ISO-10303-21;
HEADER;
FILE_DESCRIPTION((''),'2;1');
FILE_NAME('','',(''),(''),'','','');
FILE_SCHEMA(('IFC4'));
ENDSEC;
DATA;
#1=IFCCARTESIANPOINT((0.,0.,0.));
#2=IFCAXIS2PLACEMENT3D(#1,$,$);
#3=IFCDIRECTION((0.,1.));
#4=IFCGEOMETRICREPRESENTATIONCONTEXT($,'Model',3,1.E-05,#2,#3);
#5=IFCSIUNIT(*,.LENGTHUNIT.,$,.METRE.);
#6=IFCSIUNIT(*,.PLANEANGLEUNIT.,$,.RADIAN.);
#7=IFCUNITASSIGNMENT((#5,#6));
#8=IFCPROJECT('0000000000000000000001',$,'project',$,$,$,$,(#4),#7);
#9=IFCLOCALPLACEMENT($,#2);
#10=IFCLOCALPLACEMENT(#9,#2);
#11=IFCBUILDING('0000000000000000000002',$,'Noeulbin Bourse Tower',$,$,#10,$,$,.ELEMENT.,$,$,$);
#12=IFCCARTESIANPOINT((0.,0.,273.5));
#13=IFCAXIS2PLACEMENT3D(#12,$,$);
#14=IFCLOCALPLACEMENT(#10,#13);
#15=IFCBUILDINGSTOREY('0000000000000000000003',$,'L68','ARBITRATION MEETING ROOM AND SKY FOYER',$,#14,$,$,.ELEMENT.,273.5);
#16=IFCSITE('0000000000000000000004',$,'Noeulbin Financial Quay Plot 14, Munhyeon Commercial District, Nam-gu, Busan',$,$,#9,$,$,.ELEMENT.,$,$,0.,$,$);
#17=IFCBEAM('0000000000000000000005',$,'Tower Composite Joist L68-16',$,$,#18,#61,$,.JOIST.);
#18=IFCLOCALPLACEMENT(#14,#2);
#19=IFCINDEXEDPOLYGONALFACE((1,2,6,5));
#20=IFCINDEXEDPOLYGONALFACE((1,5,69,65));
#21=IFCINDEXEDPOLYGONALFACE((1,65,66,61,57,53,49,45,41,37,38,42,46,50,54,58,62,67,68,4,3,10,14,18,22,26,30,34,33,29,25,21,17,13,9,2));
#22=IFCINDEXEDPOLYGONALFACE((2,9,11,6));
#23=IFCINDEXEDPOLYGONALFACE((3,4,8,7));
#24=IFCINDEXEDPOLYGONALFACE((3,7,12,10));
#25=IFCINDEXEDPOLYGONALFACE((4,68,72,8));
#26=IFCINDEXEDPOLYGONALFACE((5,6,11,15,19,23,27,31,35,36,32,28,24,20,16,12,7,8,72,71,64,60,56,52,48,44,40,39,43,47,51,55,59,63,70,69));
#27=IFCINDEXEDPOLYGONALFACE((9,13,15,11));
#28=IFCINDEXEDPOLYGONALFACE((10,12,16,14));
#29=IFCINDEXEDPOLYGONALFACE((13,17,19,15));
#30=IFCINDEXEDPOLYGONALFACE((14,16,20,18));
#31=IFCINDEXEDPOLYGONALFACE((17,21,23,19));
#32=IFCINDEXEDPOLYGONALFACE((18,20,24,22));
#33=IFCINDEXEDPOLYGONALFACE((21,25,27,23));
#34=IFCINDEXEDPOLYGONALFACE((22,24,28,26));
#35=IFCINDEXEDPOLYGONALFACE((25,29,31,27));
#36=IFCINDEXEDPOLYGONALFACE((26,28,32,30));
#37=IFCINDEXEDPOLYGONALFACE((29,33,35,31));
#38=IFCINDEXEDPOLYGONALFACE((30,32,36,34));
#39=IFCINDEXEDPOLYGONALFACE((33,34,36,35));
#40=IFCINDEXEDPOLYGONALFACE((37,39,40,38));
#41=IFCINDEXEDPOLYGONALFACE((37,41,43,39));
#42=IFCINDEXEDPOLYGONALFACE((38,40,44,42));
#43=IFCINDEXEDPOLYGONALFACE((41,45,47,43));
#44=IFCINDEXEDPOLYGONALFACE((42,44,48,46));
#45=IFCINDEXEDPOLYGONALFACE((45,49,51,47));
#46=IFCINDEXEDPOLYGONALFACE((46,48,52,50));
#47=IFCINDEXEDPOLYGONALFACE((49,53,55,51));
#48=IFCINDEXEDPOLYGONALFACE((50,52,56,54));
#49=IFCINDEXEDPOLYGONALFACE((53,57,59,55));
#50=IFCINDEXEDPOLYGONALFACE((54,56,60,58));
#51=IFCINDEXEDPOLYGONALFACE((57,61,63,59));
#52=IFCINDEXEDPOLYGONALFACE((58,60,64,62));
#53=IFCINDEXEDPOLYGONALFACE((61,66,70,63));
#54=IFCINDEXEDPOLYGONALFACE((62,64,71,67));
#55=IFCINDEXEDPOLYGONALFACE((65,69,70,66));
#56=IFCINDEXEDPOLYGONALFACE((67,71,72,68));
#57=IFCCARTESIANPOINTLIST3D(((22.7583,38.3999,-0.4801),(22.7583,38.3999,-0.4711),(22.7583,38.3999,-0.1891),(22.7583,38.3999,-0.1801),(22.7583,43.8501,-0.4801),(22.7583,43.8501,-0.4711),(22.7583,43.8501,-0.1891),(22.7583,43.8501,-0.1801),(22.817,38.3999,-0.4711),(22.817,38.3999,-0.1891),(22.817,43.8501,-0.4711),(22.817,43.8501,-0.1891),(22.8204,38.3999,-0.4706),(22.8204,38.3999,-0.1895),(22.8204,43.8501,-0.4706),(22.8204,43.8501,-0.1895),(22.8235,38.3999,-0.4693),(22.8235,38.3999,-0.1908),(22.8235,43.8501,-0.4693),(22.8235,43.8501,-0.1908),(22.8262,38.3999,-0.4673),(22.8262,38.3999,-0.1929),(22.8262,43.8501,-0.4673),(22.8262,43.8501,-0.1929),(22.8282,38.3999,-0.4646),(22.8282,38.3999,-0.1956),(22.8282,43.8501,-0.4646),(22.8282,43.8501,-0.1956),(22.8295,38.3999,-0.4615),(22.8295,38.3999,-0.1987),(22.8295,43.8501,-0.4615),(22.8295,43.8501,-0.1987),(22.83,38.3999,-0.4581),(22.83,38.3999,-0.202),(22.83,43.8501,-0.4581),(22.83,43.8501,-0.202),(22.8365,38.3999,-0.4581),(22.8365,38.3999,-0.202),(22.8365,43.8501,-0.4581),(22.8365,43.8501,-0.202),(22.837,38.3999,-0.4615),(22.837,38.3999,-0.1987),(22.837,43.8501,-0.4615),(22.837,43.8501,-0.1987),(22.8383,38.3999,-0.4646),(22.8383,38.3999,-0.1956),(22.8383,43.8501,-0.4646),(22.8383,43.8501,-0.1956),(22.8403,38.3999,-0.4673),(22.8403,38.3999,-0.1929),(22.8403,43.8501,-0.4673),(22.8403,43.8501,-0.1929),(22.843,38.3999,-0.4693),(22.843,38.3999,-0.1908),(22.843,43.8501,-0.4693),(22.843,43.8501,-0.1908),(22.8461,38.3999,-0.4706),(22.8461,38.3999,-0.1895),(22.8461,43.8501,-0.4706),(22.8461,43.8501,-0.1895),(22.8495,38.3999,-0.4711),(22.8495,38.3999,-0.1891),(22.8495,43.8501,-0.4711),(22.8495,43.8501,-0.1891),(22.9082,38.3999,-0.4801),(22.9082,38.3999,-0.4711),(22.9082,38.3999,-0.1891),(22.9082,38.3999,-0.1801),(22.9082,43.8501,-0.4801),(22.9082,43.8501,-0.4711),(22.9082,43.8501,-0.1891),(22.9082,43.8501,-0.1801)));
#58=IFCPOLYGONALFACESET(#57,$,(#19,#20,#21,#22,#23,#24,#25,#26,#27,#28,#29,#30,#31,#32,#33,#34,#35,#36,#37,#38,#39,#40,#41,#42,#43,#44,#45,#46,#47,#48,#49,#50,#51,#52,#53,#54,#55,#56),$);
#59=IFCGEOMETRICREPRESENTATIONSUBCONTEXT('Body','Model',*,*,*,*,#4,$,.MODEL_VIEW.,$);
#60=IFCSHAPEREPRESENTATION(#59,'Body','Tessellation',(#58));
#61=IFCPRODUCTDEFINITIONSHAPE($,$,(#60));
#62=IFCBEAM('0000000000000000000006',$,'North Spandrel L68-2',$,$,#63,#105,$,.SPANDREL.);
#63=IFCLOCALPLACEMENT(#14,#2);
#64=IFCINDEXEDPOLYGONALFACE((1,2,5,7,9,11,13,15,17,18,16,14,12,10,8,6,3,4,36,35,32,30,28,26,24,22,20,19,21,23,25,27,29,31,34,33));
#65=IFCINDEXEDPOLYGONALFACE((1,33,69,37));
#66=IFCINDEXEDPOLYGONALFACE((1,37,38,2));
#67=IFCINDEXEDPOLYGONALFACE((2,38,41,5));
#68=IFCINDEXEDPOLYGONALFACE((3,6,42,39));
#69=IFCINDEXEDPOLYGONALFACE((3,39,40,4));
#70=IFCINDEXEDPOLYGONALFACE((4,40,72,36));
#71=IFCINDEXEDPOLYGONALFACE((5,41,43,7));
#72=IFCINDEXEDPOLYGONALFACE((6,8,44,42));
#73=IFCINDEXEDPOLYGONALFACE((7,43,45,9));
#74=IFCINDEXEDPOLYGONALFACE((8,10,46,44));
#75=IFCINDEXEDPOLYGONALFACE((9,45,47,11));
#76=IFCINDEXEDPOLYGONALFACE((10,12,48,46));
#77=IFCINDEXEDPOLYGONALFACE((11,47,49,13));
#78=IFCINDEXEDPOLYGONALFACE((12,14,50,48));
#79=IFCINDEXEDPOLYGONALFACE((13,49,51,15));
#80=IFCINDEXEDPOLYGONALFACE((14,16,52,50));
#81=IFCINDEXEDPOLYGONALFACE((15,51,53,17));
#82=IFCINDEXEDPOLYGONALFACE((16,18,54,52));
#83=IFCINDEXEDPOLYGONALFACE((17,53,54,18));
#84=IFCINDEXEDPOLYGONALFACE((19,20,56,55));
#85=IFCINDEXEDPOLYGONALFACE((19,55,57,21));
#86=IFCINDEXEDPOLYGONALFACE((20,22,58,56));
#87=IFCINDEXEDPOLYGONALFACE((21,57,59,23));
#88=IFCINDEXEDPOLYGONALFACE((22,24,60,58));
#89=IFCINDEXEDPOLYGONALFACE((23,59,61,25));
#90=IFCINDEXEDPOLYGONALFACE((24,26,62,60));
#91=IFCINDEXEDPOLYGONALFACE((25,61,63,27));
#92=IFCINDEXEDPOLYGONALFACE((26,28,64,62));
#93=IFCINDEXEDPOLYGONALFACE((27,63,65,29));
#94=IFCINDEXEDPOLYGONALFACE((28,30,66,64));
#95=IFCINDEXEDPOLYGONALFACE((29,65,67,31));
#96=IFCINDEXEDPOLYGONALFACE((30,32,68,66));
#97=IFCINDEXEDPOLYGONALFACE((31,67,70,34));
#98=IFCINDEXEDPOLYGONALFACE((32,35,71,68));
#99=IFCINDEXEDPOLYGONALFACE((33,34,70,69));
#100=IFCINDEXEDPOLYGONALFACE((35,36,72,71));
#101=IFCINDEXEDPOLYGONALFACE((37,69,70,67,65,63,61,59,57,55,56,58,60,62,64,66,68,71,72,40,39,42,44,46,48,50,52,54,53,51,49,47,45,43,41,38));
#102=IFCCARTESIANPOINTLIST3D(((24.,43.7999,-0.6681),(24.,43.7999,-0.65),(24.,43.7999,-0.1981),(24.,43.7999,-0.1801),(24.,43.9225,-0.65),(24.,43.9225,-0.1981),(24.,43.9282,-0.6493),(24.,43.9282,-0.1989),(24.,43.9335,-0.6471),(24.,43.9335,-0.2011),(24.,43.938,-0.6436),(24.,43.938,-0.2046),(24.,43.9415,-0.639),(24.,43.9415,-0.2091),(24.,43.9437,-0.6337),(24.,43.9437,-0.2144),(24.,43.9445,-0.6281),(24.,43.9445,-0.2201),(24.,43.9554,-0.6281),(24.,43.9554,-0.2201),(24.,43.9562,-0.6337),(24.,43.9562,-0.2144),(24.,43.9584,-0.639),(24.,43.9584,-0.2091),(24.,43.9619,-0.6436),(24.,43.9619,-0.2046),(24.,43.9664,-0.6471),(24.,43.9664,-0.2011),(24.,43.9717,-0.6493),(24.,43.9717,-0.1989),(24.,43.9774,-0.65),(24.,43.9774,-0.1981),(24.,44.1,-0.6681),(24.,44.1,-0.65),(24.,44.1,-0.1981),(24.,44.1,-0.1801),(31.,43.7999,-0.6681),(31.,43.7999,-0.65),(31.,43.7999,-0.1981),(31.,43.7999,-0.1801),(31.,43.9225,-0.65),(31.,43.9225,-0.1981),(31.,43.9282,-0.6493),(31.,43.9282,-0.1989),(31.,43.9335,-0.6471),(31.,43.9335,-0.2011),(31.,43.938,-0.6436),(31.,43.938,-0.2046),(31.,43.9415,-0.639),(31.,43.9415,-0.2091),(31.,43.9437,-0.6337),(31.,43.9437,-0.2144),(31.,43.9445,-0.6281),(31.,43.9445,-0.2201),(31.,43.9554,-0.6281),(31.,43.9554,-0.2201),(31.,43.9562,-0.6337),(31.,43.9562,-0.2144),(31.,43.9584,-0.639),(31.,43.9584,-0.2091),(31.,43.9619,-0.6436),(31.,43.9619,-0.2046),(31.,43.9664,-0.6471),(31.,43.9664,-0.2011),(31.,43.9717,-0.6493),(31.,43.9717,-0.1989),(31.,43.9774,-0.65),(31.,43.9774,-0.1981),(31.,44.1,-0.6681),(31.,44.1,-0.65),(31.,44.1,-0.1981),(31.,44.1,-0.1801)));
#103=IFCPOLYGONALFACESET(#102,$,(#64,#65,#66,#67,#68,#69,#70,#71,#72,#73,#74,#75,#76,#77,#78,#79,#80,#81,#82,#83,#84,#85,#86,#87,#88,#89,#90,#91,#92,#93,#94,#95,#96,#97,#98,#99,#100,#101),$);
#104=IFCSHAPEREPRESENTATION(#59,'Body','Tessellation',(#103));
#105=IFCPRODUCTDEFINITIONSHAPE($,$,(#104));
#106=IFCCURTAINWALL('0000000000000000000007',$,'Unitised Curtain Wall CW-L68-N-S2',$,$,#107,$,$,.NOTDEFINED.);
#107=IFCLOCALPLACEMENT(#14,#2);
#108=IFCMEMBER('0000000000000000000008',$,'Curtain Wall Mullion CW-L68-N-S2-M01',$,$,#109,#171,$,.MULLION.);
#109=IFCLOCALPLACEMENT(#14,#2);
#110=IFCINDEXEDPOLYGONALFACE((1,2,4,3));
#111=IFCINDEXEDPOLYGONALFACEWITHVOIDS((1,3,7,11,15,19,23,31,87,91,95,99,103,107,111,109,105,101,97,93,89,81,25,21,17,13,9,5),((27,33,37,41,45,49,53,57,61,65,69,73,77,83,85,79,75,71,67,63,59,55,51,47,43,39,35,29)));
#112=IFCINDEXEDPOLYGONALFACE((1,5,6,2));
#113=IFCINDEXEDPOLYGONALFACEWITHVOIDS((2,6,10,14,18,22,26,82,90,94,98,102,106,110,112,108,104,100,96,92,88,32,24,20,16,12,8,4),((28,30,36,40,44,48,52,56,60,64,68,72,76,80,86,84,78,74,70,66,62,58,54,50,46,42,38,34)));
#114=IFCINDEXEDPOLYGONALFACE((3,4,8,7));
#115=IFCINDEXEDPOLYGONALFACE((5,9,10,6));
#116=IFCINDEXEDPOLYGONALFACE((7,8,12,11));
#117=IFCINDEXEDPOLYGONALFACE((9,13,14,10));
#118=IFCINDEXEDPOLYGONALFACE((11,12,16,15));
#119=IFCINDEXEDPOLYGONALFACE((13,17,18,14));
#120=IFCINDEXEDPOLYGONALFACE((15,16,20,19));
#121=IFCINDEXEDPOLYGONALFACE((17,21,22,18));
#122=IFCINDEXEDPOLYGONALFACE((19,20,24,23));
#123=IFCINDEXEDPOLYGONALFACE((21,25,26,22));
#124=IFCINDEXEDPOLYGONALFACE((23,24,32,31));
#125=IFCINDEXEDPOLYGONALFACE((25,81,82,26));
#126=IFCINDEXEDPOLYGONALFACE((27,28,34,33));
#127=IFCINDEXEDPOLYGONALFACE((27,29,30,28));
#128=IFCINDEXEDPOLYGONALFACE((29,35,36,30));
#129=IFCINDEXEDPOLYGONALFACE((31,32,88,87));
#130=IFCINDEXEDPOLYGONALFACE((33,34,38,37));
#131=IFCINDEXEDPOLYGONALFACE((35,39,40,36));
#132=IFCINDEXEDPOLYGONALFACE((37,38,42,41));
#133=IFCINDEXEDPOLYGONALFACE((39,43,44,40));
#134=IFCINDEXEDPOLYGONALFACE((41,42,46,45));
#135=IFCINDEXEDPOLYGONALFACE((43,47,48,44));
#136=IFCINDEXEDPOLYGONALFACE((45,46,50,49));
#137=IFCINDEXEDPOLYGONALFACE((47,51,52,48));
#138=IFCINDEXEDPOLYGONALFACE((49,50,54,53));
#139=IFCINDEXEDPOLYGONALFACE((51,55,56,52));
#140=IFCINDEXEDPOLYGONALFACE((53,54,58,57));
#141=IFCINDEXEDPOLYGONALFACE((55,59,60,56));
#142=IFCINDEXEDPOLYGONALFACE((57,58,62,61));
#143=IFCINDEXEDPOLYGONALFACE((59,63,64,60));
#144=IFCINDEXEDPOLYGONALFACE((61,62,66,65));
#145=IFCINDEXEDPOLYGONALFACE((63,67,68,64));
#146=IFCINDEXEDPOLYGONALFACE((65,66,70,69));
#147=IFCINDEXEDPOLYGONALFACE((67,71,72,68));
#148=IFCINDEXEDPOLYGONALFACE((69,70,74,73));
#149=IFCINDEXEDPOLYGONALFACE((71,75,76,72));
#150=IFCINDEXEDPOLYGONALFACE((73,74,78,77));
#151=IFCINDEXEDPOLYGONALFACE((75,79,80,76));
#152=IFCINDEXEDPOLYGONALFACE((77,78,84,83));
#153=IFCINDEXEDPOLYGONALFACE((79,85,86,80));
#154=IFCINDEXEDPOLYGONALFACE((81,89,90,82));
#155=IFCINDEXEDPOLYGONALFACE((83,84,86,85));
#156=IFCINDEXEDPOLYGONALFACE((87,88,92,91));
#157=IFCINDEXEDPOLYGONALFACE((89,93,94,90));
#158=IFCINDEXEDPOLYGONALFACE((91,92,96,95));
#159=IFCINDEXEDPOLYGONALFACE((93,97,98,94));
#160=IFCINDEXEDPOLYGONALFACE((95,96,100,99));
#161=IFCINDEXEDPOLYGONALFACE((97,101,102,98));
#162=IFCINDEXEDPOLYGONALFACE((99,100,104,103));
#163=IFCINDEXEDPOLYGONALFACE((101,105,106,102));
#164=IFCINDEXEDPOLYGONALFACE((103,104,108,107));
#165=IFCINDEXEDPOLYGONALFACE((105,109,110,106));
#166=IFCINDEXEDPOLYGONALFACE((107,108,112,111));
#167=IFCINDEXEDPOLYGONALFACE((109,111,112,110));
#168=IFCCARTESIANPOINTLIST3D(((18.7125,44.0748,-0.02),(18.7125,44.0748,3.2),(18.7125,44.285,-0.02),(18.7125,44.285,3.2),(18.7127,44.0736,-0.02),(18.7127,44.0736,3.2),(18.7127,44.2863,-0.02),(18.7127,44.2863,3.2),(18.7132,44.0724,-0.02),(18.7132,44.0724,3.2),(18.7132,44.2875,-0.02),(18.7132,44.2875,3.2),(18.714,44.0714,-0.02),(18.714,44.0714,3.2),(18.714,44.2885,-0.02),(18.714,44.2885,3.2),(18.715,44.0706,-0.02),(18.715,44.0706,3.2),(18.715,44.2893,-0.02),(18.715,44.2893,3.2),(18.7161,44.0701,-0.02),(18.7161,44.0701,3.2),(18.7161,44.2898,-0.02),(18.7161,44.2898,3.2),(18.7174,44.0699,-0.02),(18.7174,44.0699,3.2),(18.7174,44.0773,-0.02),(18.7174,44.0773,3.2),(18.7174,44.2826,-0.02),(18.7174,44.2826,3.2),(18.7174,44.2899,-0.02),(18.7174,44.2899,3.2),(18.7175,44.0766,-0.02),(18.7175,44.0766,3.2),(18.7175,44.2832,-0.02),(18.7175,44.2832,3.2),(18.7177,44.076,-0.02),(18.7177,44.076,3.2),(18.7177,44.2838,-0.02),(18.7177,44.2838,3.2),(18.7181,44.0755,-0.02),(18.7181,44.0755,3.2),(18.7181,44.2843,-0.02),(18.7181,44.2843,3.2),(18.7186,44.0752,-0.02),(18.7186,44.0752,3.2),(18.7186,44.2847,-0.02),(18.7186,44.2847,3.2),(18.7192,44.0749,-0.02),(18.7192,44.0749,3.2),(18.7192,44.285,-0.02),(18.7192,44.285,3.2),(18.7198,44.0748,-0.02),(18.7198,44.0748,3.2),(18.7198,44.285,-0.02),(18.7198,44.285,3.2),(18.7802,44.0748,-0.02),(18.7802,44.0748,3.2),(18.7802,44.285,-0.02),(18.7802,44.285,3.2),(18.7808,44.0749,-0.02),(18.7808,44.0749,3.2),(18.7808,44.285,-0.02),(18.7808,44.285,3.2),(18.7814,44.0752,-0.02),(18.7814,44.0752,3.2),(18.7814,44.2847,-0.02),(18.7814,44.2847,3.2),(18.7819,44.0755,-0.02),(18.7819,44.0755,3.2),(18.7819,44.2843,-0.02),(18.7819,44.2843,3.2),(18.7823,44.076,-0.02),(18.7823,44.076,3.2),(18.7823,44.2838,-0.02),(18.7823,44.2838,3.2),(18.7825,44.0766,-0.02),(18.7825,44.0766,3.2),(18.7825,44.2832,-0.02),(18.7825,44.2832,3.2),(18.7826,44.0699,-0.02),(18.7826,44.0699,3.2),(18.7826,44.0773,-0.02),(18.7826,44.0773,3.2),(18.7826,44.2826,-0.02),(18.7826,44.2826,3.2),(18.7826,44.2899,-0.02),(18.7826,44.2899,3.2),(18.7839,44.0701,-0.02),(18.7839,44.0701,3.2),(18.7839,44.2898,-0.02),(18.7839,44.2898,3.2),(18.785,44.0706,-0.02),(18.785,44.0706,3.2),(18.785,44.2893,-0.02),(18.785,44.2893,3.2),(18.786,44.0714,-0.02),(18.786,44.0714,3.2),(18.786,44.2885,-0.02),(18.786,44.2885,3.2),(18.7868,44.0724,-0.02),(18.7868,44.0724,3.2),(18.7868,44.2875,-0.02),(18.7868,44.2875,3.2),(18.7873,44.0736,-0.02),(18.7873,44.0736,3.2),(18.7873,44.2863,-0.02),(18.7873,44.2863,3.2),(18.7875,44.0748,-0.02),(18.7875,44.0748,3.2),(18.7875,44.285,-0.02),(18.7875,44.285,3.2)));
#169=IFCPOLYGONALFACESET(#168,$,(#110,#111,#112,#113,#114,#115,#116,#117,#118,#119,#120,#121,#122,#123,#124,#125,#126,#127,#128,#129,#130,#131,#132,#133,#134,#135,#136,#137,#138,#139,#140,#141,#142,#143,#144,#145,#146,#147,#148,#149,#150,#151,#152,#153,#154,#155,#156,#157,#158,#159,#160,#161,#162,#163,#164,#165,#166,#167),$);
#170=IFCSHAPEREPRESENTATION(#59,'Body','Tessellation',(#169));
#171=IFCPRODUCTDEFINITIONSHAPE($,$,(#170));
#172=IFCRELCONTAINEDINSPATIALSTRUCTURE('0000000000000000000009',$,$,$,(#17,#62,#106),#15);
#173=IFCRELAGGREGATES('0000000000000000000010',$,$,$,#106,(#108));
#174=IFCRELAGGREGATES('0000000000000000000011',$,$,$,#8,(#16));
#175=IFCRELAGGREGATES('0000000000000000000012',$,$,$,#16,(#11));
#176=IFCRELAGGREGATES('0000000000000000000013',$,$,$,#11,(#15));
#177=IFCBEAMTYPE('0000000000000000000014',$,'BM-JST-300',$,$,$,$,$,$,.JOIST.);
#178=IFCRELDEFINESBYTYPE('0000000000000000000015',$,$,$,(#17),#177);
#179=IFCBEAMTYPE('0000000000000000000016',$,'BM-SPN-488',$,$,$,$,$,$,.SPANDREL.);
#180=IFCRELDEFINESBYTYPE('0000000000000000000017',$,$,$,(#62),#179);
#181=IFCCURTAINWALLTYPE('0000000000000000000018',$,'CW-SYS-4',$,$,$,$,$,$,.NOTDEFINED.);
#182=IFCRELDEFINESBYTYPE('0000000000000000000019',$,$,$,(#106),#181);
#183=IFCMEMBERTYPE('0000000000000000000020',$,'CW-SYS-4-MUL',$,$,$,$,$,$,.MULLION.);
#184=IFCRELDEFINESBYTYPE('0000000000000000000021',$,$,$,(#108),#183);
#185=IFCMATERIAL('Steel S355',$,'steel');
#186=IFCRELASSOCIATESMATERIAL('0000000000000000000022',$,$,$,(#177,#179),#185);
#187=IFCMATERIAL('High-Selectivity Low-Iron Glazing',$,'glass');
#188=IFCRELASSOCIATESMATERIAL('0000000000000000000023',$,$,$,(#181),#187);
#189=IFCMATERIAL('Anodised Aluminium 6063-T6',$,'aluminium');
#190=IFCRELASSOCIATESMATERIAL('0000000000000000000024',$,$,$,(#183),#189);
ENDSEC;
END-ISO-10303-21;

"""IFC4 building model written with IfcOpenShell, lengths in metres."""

from ifc_helpers import new_model, si_unit, direction, frame, origin, origin_2d, place, context, subcontext, project, spatial, hollow_rectangle, i_section, extrude, material, material_profile, profile_set, type_object, element, aggregate, save


model = new_model("IFC4")

# Units and contexts
model_context = context("Model", 3, precision=1e-05, world=origin(), true_north=direction((0.0, 1.0)))
body_context = subcontext(model_context, "Body", "Model", "MODEL_VIEW")
ifc_project = project(units=[si_unit("LENGTHUNIT", "METRE"), si_unit("PLANEANGLEUNIT", "RADIAN")], contexts=[model_context])

# Site, building, storey
site_placement = place(None, origin())
site = spatial("IfcSite", under=ifc_project, at=site_placement, Name="Noeulbin Financial Quay Plot 14, Munhyeon Commercial District, Nam-gu, Busan", CompositionType="ELEMENT", RefElevation=0.0)
building_placement = place(site_placement, origin())
building = spatial("IfcBuilding", under=site, at=building_placement, Name="Noeulbin Bourse Tower", CompositionType="ELEMENT")
storey_placement = place(building_placement, frame((0.0, 0.0, 273.5)))
storey = spatial("IfcBuildingStorey", under=building, at=storey_placement, Name="L68", Description="ARBITRATION MEETING ROOM AND SKY FOYER", CompositionType="ELEMENT", Elevation=273.5)

# Shared definitions
ifc_material_1 = material(Name="Steel S355", Category="steel")

# Beams
ifc_material_profile_1 = material_profile(ifc_material_1, i_section(OverallWidth=0.1499, OverallDepth=0.3, WebThickness=0.0066, FlangeThickness=0.009, FilletRadius=0.0129, at=origin_2d()), Name="H-300x150x6.5x9", Category="LoadBearing")
ifc_profile_set_1 = profile_set([ifc_material_profile_1], Name="Steel S355")
beam_type_1 = type_object("IfcBeamType", Name="BM-JST-300", PredefinedType="JOIST", material=ifc_profile_set_1)
for number, where, z_axis, x_axis, name in (
    (1, (22.8333, 38.3999, -0.3301), (0.0, 1.0, 0.0), (-1.0, 0.0, 0.0), "Tower Composite Joist L68-16"),
):
    element("IfcBeam", number, at=place(storey_placement, frame(where, z_axis=z_axis, x_axis=x_axis)), inside=storey, type_object=beam_type_1, Name=name, PredefinedType="JOIST", context=body_context, shape_type="SweptSolid", body=[
        extrude(i_section(OverallWidth=0.1499, OverallDepth=0.3, WebThickness=0.0066, FlangeThickness=0.009, FilletRadius=0.0129, at=origin_2d()), origin(), (0.0, 0.0, 1.0), 5.4502),
    ])
ifc_material_profile_2 = material_profile(ifc_material_1, i_section(OverallWidth=0.3, OverallDepth=0.488, WebThickness=0.011, FlangeThickness=0.0181, FilletRadius=0.022, at=origin_2d()), Name="H-488x300x11x18", Category="LoadBearing")
ifc_profile_set_2 = profile_set([ifc_material_profile_2], Name="Steel S355")
beam_type_2 = type_object("IfcBeamType", Name="BM-SPN-488", PredefinedType="SPANDREL", material=ifc_profile_set_2)
beam_1_placement = place(storey_placement, frame((24.0, 43.95, -0.4241), z_axis=(1.0, 0.0, 0.0), x_axis=(0.0, 1.0, 0.0)))
element("IfcBeam", 2, at=beam_1_placement, inside=storey, type_object=beam_type_2, Name="North Spandrel L68-2", PredefinedType="SPANDREL", context=body_context, shape_type="SweptSolid", body=[
    extrude(i_section(OverallWidth=0.3, OverallDepth=0.488, WebThickness=0.011, FlangeThickness=0.0181, FilletRadius=0.022, at=origin_2d()), origin(), (0.0, 0.0, 1.0), 7.0),
])

# Curtain wall, member
ifc_material_2 = material(Name="High-Selectivity Low-Iron Glazing", Category="glass")
curtain_wall_type = type_object("IfcCurtainWallType", Name="CW-SYS-4", PredefinedType="NOTDEFINED", material=ifc_material_2)
curtain_wall_1_placement = place(storey_placement, origin())
curtain_wall_1 = element("IfcCurtainWall", 3, at=curtain_wall_1_placement, inside=storey, type_object=curtain_wall_type, Name="Unitised Curtain Wall CW-L68-N-S2", PredefinedType="NOTDEFINED")
ifc_material_3 = material(Name="Anodised Aluminium 6063-T6", Category="aluminium")
ifc_material_profile_3 = material_profile(ifc_material_3, hollow_rectangle(XDim=0.075, YDim=0.22, WallThickness=0.0049, InnerFilletRadius=0.0024, OuterFilletRadius=0.0049, at=origin_2d()), Name="ALU-MULL-75x220x5", Category="LoadBearing")
ifc_profile_set_3 = profile_set([ifc_material_profile_3], Name="Anodised Aluminium 6063-T6")
member_type_1 = type_object("IfcMemberType", Name="CW-SYS-4-MUL", PredefinedType="MULLION", material=ifc_profile_set_3)
member_1_placement = place(storey_placement, frame((18.75, 44.1799, -0.02), z_axis=(0.0, 0.0, 1.0), x_axis=(1.0, 0.0, 0.0)))
member_1 = element("IfcMember", 4, at=member_1_placement, type_object=member_type_1, Name="Curtain Wall Mullion CW-L68-N-S2-M01", PredefinedType="MULLION", context=body_context, shape_type="SweptSolid", body=[
    extrude(hollow_rectangle(XDim=0.075, YDim=0.22, WallThickness=0.0049, InnerFilletRadius=0.0024, OuterFilletRadius=0.0049, at=origin_2d()), origin(), (0.0, 0.0, 1.0), 3.22),
])

aggregate(curtain_wall_1, [member_1])

save(model, "model.ifc")
